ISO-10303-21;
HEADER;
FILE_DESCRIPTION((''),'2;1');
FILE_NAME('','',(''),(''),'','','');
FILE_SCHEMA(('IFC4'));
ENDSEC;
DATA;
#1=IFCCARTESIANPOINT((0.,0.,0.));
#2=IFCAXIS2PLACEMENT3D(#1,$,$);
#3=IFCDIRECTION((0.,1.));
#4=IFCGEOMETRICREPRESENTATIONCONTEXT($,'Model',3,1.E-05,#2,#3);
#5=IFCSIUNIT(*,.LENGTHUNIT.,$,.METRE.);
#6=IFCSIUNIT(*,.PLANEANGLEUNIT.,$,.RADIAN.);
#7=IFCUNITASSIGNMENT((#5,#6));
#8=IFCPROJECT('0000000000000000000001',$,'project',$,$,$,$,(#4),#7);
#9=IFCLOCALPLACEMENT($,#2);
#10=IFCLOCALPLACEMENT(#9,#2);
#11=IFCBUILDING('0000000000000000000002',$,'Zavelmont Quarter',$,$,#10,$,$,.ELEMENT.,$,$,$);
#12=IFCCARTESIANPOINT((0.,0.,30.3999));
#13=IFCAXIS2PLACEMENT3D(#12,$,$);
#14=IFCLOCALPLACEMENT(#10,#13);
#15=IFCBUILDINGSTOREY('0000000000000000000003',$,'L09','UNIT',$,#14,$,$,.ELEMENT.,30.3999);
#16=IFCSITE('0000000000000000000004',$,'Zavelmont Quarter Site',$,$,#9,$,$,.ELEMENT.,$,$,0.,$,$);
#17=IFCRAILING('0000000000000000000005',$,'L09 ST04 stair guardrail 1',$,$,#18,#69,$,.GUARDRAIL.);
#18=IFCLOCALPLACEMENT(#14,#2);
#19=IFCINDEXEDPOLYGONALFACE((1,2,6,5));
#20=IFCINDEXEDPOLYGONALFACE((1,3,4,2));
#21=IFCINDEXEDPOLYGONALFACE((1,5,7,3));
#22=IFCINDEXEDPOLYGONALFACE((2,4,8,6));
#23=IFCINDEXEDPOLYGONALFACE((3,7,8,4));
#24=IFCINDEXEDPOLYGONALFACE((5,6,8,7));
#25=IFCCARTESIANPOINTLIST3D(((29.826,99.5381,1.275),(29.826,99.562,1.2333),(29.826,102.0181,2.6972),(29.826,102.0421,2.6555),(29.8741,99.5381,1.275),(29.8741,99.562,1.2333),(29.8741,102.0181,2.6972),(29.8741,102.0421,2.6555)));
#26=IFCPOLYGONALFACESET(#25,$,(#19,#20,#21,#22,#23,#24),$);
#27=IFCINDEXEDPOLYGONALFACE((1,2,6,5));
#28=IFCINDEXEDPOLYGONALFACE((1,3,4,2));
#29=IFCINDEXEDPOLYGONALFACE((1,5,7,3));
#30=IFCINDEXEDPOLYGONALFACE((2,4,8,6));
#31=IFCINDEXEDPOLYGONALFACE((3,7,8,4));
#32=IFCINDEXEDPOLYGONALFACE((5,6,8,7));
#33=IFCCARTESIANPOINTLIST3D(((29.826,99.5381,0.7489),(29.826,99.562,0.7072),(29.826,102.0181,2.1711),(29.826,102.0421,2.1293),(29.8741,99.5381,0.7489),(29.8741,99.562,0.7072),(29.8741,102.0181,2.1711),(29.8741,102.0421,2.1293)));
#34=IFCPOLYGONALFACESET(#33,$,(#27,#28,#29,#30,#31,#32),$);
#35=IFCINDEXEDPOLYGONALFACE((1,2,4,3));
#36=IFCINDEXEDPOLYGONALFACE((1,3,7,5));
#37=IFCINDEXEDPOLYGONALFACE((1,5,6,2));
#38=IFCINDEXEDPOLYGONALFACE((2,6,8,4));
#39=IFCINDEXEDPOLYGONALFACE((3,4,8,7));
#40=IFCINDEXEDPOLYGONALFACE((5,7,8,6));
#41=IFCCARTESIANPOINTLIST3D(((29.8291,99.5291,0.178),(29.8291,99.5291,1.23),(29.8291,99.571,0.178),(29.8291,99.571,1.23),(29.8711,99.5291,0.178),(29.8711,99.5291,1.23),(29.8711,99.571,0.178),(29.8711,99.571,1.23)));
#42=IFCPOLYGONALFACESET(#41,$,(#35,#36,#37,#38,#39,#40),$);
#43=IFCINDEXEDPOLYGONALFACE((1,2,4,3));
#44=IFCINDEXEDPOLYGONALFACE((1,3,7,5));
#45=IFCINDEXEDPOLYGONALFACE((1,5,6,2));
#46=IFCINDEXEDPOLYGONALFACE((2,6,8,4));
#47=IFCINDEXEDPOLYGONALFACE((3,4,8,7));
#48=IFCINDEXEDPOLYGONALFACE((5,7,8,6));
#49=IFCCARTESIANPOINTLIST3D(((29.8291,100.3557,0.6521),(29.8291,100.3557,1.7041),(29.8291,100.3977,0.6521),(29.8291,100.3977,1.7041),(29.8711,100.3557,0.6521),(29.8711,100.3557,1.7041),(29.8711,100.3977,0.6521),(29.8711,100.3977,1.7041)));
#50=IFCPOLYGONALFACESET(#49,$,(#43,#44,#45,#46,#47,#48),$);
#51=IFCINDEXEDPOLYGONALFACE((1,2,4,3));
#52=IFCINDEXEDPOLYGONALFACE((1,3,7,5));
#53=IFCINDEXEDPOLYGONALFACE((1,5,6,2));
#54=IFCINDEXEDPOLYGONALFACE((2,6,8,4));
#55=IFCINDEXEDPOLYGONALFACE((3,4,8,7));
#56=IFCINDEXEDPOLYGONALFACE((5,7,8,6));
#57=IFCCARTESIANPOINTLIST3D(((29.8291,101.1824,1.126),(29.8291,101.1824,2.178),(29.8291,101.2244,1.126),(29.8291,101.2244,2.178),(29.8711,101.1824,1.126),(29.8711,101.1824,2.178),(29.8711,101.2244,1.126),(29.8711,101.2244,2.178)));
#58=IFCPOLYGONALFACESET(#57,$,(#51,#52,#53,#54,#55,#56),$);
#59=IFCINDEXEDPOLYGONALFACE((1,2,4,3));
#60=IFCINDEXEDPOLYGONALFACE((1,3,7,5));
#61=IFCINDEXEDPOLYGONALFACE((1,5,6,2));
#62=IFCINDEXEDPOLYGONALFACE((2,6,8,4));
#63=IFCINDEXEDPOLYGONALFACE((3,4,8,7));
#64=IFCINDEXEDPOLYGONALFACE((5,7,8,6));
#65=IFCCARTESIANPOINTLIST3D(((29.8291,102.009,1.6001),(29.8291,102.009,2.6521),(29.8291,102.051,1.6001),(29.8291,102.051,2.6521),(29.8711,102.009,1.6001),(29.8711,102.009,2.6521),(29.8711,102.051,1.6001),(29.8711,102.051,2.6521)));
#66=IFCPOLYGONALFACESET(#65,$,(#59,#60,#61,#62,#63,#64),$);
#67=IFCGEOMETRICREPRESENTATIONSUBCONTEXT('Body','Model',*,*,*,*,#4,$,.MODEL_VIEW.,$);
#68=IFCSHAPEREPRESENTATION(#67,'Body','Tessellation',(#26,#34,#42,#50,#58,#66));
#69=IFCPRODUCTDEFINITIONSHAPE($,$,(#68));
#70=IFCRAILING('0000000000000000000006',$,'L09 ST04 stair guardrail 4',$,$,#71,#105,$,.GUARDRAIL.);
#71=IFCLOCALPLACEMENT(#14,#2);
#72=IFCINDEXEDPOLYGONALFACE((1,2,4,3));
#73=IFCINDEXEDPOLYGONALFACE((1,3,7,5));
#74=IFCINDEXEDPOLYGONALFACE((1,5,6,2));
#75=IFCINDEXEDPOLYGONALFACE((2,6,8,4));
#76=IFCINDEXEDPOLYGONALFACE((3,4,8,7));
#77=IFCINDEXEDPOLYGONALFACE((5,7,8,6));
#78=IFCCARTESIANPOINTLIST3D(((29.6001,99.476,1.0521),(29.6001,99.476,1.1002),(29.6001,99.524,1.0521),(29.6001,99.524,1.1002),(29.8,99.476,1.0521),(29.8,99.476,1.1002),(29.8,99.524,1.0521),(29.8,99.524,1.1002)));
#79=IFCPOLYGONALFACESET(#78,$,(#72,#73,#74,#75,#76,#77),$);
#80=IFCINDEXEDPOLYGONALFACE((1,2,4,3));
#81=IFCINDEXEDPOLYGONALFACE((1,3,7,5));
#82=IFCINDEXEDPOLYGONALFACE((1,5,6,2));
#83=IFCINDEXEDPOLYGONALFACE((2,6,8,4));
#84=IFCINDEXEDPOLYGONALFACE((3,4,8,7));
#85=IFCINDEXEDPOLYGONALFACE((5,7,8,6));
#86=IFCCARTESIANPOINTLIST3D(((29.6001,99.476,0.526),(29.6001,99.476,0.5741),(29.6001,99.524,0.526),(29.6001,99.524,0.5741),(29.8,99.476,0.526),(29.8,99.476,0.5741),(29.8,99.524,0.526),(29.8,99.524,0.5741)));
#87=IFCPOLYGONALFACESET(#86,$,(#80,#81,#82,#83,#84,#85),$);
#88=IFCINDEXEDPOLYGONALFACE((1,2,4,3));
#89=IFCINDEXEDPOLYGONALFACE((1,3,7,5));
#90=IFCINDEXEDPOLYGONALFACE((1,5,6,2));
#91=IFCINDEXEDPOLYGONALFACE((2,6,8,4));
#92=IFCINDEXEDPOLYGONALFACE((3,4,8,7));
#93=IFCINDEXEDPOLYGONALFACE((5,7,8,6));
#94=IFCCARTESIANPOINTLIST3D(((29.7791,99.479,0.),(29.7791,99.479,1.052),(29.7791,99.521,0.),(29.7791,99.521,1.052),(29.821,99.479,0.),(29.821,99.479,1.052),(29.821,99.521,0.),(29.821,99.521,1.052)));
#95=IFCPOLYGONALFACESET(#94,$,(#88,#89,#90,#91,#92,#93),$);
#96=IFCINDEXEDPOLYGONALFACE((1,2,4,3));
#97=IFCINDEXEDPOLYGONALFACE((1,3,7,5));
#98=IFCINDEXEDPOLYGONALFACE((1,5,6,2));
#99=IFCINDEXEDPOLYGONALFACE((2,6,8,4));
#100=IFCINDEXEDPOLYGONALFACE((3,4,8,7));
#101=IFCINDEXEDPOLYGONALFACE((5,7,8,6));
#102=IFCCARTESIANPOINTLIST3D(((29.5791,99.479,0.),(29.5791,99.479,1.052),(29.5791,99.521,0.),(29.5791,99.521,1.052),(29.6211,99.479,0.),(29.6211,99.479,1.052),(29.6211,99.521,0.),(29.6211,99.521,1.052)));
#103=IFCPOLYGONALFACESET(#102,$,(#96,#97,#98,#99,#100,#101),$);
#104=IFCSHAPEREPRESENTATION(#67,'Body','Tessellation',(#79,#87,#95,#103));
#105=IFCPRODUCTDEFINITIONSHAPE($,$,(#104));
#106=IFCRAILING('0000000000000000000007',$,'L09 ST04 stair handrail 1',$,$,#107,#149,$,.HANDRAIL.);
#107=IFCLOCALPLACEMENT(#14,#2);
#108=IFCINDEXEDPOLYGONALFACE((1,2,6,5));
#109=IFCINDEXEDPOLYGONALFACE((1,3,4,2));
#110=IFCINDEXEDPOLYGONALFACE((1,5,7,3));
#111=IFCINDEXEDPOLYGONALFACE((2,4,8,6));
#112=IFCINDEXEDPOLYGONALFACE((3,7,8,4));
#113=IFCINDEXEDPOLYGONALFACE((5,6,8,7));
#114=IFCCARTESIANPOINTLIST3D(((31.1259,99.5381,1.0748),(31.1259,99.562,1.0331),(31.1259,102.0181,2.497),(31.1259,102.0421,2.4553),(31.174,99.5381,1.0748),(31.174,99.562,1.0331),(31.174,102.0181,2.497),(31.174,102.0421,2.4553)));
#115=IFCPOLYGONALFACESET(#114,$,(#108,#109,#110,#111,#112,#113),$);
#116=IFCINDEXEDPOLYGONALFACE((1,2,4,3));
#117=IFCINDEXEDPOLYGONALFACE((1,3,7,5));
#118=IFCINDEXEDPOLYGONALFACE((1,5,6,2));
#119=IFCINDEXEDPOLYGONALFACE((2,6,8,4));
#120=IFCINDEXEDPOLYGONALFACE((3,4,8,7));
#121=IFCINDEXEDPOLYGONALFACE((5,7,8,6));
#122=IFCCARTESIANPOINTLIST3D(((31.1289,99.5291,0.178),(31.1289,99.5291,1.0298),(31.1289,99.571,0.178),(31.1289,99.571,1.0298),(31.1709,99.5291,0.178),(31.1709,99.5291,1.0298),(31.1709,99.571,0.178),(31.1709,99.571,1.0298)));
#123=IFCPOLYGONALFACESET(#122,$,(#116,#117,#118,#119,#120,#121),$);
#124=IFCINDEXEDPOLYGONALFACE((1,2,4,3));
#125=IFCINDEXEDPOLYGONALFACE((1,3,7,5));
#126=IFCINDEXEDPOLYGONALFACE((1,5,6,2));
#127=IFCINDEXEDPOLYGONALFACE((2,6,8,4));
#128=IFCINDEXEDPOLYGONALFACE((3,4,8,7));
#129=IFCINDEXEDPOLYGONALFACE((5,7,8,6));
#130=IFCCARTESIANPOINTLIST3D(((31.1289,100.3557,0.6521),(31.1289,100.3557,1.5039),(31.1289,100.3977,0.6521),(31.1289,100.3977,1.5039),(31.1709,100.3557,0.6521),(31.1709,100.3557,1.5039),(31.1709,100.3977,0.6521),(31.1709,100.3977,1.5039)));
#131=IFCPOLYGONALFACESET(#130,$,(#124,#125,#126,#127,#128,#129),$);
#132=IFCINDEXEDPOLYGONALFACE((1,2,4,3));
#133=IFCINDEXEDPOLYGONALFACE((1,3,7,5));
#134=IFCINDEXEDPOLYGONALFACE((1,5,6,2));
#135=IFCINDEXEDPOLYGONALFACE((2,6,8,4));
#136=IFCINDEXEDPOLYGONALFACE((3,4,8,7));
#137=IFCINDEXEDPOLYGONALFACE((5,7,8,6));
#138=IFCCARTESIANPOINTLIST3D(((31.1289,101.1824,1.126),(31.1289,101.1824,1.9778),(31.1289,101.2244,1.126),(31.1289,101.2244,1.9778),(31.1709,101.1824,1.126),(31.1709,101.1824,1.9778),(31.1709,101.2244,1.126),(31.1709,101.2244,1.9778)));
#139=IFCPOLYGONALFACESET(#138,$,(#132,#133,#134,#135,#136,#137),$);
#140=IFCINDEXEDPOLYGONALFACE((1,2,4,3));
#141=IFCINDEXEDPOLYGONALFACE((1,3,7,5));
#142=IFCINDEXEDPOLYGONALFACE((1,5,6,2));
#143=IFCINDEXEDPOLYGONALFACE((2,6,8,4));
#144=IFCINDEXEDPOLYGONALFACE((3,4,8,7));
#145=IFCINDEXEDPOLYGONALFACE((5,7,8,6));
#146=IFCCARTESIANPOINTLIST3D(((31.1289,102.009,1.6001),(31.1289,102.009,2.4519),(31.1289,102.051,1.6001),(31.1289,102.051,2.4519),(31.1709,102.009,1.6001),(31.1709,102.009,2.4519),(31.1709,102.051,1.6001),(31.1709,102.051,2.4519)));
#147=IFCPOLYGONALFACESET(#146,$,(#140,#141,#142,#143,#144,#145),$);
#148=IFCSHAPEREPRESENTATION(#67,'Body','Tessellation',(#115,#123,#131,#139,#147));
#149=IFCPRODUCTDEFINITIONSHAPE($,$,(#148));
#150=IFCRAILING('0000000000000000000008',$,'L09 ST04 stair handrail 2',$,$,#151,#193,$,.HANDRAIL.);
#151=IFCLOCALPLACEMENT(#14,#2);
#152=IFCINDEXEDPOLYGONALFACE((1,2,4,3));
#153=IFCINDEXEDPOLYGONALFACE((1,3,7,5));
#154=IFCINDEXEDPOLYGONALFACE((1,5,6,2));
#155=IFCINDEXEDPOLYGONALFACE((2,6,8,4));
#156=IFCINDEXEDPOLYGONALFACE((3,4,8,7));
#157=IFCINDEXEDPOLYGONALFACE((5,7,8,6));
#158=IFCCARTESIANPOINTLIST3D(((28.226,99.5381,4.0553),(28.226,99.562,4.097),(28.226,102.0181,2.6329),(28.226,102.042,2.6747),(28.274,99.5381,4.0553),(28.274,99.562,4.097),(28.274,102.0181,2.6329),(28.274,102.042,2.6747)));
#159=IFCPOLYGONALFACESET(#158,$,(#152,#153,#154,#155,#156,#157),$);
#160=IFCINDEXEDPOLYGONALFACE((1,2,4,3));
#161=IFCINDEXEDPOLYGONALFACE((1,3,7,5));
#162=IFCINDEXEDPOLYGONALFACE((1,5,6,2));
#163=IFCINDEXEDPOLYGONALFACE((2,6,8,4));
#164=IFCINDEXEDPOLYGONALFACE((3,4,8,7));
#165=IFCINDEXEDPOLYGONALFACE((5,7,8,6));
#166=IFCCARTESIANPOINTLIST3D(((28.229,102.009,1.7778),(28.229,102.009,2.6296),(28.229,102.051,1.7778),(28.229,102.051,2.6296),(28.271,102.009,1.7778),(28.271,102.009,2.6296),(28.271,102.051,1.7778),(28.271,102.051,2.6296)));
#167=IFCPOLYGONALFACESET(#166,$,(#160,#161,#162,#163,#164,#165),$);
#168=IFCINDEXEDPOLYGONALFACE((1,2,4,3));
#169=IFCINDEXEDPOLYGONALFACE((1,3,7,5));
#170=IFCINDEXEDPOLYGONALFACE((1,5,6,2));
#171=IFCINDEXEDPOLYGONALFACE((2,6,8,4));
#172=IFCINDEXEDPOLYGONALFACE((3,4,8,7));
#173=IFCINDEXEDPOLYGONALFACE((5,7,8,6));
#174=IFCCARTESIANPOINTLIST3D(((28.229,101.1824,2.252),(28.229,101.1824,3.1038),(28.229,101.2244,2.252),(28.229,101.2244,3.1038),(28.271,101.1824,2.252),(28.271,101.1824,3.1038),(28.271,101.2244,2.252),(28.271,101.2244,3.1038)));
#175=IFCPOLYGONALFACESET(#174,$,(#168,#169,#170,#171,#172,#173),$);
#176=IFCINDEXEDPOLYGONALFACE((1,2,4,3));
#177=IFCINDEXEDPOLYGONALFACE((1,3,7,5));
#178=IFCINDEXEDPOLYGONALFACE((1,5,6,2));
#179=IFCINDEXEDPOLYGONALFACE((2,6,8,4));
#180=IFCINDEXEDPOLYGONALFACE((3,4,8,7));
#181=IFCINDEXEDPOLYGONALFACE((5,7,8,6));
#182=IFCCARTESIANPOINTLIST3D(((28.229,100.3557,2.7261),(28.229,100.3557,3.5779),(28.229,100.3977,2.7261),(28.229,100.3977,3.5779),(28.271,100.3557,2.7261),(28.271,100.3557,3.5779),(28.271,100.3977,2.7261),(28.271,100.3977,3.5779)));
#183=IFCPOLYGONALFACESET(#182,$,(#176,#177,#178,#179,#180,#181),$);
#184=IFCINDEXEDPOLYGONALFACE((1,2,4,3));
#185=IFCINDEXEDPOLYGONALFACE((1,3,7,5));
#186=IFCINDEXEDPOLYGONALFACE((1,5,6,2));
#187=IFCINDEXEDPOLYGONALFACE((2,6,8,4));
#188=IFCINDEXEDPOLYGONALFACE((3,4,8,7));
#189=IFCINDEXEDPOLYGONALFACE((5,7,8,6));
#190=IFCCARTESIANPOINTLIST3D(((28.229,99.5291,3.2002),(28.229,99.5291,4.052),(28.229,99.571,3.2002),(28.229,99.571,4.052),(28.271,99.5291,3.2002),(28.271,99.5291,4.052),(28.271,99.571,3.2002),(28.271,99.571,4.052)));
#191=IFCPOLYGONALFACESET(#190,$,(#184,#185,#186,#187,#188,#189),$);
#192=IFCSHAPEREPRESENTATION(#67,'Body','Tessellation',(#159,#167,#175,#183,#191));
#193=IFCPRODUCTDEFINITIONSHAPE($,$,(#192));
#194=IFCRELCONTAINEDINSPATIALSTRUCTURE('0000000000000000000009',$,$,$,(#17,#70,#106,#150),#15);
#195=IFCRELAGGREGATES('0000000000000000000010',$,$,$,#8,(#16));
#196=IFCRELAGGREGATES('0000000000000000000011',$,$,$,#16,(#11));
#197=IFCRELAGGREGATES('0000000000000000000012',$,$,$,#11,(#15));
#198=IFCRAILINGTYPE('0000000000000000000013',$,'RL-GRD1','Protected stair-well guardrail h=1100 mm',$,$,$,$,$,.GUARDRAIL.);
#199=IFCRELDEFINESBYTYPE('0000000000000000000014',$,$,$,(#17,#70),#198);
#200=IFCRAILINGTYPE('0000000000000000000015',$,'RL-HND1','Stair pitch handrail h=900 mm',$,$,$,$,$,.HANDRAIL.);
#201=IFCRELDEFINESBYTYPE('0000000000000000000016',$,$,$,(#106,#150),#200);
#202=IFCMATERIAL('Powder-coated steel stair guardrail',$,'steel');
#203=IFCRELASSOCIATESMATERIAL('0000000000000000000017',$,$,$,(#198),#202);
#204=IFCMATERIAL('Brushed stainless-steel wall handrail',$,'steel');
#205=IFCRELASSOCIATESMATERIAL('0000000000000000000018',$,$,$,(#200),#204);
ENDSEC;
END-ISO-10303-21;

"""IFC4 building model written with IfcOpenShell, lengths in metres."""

from ifc_helpers import new_model, si_unit, direction, frame, origin, origin_2d, place, context, subcontext, project, spatial, rectangle, extrude, material, type_object, element, save


model = new_model("IFC4")

# Units and contexts
model_context = context("Model", 3, precision=1e-05, world=origin(), true_north=direction((0.0, 1.0)))
body_context = subcontext(model_context, "Body", "Model", "MODEL_VIEW")
ifc_project = project(units=[si_unit("LENGTHUNIT", "METRE"), si_unit("PLANEANGLEUNIT", "RADIAN")], contexts=[model_context])

# Site, building, storey
site_placement = place(None, origin())
site = spatial("IfcSite", under=ifc_project, at=site_placement, Name="Zavelmont Quarter Site", CompositionType="ELEMENT", RefElevation=0.0)
building_placement = place(site_placement, origin())
building = spatial("IfcBuilding", under=site, at=building_placement, Name="Zavelmont Quarter", CompositionType="ELEMENT")
storey_placement = place(building_placement, frame((0.0, 0.0, 30.3999)))
storey = spatial("IfcBuildingStorey", under=building, at=storey_placement, Name="L09", Description="UNIT", CompositionType="ELEMENT", Elevation=30.3999)

# Railings
ifc_material_1 = material(Name="Powder-coated steel stair guardrail", Category="steel")
railing_type_1 = type_object("IfcRailingType", Name="RL-GRD1", Description="Protected stair-well guardrail h=1100 mm", PredefinedType="GUARDRAIL", material=ifc_material_1)
railing_1_placement = place(storey_placement, frame((29.8501, 99.55, 0.178)))
element("IfcRailing", 1, at=railing_1_placement, inside=storey, type_object=railing_type_1, Name="L09 ST04 stair guardrail 1", PredefinedType="GUARDRAIL", context=body_context, shape_type="SweptSolid", body=[
    extrude(rectangle(XDim=0.0481, YDim=0.0481, at=origin_2d()), frame((0.0, 0.0, 1.0762), z_axis=(0.0, 0.867491, 0.497454), x_axis=(-1.0, 0.0, 0.0)), (0.0, 0.0, 1.0), 2.8589),
    extrude(rectangle(XDim=0.0481, YDim=0.0481, at=origin_2d()), frame((0.0, 0.0, 0.55), z_axis=(0.0, 0.867491, 0.497454), x_axis=(-1.0, 0.0, 0.0)), (0.0, 0.0, 1.0), 2.8589),
    extrude(rectangle(XDim=0.042, YDim=0.042, at=origin_2d()), origin(), (0.0, 0.0, 1.0), 1.052),
    extrude(rectangle(XDim=0.042, YDim=0.042, at=origin_2d()), frame((0.0, 0.8267, 0.4741)), (0.0, 0.0, 1.0), 1.052),
    extrude(rectangle(XDim=0.042, YDim=0.042, at=origin_2d()), frame((0.0, 1.6533, 0.948)), (0.0, 0.0, 1.0), 1.052),
    extrude(rectangle(XDim=0.042, YDim=0.042, at=origin_2d()), frame((0.0, 2.48, 1.4221)), (0.0, 0.0, 1.0), 1.052),
])
railing_2_placement = place(storey_placement, frame((29.8, 99.5, 0.0)))
element("IfcRailing", 2, at=railing_2_placement, inside=storey, type_object=railing_type_1, Name="L09 ST04 stair guardrail 4", PredefinedType="GUARDRAIL", context=body_context, shape_type="SweptSolid", body=[
    extrude(rectangle(XDim=0.0481, YDim=0.0481, at=origin_2d()), frame((0.0, 0.0, 1.0762), z_axis=(-1.0, 0.0, 0.0), x_axis=(0.0, -1.0, 0.0)), (0.0, 0.0, 1.0), 0.2),
    extrude(rectangle(XDim=0.0481, YDim=0.0481, at=origin_2d()), frame((0.0, 0.0, 0.55), z_axis=(-1.0, 0.0, 0.0), x_axis=(0.0, -1.0, 0.0)), (0.0, 0.0, 1.0), 0.2),
    extrude(rectangle(XDim=0.042, YDim=0.042, at=origin_2d()), origin(), (0.0, 0.0, 1.0), 1.052),
    extrude(rectangle(XDim=0.042, YDim=0.042, at=origin_2d()), frame((-0.2, 0.0, 0.0)), (0.0, 0.0, 1.0), 1.052),
])
ifc_material_2 = material(Name="Brushed stainless-steel wall handrail", Category="steel")
railing_type_2 = type_object("IfcRailingType", Name="RL-HND1", Description="Stair pitch handrail h=900 mm", PredefinedType="HANDRAIL", material=ifc_material_2)
railing_3_placement = place(storey_placement, frame((31.1499, 99.55, 0.178)))
element("IfcRailing", 3, at=railing_3_placement, inside=storey, type_object=railing_type_2, Name="L09 ST04 stair handrail 1", PredefinedType="HANDRAIL", context=body_context, shape_type="SweptSolid", body=[
    extrude(rectangle(XDim=0.0481, YDim=0.0481, at=origin_2d()), frame((0.0, 0.0, 0.876), z_axis=(0.0, 0.867491, 0.497454), x_axis=(-1.0, 0.0, 0.0)), (0.0, 0.0, 1.0), 2.8589),
    extrude(rectangle(XDim=0.042, YDim=0.042, at=origin_2d()), origin(), (0.0, 0.0, 1.0), 0.8518),
    extrude(rectangle(XDim=0.042, YDim=0.042, at=origin_2d()), frame((0.0, 0.8267, 0.4741)), (0.0, 0.0, 1.0), 0.8518),
    extrude(rectangle(XDim=0.042, YDim=0.042, at=origin_2d()), frame((0.0, 1.6533, 0.948)), (0.0, 0.0, 1.0), 0.8518),
    extrude(rectangle(XDim=0.042, YDim=0.042, at=origin_2d()), frame((0.0, 2.48, 1.4221)), (0.0, 0.0, 1.0), 0.8518),
])
railing_4_placement = place(storey_placement, frame((28.25, 102.03, 1.7778)))
element("IfcRailing", 4, at=railing_4_placement, inside=storey, type_object=railing_type_2, Name="L09 ST04 stair handrail 2", PredefinedType="HANDRAIL", context=body_context, shape_type="SweptSolid", body=[
    extrude(rectangle(XDim=0.0481, YDim=0.0481, at=origin_2d()), frame((0.0, 0.0, 0.876), z_axis=(0.0, -0.867454, 0.497518), x_axis=(1.0, 0.0, 0.0)), (0.0, 0.0, 1.0), 2.8589),
    extrude(rectangle(XDim=0.042, YDim=0.042, at=origin_2d()), origin(), (0.0, 0.0, 1.0), 0.8518),
    extrude(rectangle(XDim=0.042, YDim=0.042, at=origin_2d()), frame((0.0, -0.8267, 0.4741)), (0.0, 0.0, 1.0), 0.8518),
    extrude(rectangle(XDim=0.042, YDim=0.042, at=origin_2d()), frame((0.0, -1.6533, 0.9482)), (0.0, 0.0, 1.0), 0.8518),
    extrude(rectangle(XDim=0.042, YDim=0.042, at=origin_2d()), frame((0.0, -2.48, 1.4224)), (0.0, 0.0, 1.0), 0.8518),
])

save(model, "model.ifc")
